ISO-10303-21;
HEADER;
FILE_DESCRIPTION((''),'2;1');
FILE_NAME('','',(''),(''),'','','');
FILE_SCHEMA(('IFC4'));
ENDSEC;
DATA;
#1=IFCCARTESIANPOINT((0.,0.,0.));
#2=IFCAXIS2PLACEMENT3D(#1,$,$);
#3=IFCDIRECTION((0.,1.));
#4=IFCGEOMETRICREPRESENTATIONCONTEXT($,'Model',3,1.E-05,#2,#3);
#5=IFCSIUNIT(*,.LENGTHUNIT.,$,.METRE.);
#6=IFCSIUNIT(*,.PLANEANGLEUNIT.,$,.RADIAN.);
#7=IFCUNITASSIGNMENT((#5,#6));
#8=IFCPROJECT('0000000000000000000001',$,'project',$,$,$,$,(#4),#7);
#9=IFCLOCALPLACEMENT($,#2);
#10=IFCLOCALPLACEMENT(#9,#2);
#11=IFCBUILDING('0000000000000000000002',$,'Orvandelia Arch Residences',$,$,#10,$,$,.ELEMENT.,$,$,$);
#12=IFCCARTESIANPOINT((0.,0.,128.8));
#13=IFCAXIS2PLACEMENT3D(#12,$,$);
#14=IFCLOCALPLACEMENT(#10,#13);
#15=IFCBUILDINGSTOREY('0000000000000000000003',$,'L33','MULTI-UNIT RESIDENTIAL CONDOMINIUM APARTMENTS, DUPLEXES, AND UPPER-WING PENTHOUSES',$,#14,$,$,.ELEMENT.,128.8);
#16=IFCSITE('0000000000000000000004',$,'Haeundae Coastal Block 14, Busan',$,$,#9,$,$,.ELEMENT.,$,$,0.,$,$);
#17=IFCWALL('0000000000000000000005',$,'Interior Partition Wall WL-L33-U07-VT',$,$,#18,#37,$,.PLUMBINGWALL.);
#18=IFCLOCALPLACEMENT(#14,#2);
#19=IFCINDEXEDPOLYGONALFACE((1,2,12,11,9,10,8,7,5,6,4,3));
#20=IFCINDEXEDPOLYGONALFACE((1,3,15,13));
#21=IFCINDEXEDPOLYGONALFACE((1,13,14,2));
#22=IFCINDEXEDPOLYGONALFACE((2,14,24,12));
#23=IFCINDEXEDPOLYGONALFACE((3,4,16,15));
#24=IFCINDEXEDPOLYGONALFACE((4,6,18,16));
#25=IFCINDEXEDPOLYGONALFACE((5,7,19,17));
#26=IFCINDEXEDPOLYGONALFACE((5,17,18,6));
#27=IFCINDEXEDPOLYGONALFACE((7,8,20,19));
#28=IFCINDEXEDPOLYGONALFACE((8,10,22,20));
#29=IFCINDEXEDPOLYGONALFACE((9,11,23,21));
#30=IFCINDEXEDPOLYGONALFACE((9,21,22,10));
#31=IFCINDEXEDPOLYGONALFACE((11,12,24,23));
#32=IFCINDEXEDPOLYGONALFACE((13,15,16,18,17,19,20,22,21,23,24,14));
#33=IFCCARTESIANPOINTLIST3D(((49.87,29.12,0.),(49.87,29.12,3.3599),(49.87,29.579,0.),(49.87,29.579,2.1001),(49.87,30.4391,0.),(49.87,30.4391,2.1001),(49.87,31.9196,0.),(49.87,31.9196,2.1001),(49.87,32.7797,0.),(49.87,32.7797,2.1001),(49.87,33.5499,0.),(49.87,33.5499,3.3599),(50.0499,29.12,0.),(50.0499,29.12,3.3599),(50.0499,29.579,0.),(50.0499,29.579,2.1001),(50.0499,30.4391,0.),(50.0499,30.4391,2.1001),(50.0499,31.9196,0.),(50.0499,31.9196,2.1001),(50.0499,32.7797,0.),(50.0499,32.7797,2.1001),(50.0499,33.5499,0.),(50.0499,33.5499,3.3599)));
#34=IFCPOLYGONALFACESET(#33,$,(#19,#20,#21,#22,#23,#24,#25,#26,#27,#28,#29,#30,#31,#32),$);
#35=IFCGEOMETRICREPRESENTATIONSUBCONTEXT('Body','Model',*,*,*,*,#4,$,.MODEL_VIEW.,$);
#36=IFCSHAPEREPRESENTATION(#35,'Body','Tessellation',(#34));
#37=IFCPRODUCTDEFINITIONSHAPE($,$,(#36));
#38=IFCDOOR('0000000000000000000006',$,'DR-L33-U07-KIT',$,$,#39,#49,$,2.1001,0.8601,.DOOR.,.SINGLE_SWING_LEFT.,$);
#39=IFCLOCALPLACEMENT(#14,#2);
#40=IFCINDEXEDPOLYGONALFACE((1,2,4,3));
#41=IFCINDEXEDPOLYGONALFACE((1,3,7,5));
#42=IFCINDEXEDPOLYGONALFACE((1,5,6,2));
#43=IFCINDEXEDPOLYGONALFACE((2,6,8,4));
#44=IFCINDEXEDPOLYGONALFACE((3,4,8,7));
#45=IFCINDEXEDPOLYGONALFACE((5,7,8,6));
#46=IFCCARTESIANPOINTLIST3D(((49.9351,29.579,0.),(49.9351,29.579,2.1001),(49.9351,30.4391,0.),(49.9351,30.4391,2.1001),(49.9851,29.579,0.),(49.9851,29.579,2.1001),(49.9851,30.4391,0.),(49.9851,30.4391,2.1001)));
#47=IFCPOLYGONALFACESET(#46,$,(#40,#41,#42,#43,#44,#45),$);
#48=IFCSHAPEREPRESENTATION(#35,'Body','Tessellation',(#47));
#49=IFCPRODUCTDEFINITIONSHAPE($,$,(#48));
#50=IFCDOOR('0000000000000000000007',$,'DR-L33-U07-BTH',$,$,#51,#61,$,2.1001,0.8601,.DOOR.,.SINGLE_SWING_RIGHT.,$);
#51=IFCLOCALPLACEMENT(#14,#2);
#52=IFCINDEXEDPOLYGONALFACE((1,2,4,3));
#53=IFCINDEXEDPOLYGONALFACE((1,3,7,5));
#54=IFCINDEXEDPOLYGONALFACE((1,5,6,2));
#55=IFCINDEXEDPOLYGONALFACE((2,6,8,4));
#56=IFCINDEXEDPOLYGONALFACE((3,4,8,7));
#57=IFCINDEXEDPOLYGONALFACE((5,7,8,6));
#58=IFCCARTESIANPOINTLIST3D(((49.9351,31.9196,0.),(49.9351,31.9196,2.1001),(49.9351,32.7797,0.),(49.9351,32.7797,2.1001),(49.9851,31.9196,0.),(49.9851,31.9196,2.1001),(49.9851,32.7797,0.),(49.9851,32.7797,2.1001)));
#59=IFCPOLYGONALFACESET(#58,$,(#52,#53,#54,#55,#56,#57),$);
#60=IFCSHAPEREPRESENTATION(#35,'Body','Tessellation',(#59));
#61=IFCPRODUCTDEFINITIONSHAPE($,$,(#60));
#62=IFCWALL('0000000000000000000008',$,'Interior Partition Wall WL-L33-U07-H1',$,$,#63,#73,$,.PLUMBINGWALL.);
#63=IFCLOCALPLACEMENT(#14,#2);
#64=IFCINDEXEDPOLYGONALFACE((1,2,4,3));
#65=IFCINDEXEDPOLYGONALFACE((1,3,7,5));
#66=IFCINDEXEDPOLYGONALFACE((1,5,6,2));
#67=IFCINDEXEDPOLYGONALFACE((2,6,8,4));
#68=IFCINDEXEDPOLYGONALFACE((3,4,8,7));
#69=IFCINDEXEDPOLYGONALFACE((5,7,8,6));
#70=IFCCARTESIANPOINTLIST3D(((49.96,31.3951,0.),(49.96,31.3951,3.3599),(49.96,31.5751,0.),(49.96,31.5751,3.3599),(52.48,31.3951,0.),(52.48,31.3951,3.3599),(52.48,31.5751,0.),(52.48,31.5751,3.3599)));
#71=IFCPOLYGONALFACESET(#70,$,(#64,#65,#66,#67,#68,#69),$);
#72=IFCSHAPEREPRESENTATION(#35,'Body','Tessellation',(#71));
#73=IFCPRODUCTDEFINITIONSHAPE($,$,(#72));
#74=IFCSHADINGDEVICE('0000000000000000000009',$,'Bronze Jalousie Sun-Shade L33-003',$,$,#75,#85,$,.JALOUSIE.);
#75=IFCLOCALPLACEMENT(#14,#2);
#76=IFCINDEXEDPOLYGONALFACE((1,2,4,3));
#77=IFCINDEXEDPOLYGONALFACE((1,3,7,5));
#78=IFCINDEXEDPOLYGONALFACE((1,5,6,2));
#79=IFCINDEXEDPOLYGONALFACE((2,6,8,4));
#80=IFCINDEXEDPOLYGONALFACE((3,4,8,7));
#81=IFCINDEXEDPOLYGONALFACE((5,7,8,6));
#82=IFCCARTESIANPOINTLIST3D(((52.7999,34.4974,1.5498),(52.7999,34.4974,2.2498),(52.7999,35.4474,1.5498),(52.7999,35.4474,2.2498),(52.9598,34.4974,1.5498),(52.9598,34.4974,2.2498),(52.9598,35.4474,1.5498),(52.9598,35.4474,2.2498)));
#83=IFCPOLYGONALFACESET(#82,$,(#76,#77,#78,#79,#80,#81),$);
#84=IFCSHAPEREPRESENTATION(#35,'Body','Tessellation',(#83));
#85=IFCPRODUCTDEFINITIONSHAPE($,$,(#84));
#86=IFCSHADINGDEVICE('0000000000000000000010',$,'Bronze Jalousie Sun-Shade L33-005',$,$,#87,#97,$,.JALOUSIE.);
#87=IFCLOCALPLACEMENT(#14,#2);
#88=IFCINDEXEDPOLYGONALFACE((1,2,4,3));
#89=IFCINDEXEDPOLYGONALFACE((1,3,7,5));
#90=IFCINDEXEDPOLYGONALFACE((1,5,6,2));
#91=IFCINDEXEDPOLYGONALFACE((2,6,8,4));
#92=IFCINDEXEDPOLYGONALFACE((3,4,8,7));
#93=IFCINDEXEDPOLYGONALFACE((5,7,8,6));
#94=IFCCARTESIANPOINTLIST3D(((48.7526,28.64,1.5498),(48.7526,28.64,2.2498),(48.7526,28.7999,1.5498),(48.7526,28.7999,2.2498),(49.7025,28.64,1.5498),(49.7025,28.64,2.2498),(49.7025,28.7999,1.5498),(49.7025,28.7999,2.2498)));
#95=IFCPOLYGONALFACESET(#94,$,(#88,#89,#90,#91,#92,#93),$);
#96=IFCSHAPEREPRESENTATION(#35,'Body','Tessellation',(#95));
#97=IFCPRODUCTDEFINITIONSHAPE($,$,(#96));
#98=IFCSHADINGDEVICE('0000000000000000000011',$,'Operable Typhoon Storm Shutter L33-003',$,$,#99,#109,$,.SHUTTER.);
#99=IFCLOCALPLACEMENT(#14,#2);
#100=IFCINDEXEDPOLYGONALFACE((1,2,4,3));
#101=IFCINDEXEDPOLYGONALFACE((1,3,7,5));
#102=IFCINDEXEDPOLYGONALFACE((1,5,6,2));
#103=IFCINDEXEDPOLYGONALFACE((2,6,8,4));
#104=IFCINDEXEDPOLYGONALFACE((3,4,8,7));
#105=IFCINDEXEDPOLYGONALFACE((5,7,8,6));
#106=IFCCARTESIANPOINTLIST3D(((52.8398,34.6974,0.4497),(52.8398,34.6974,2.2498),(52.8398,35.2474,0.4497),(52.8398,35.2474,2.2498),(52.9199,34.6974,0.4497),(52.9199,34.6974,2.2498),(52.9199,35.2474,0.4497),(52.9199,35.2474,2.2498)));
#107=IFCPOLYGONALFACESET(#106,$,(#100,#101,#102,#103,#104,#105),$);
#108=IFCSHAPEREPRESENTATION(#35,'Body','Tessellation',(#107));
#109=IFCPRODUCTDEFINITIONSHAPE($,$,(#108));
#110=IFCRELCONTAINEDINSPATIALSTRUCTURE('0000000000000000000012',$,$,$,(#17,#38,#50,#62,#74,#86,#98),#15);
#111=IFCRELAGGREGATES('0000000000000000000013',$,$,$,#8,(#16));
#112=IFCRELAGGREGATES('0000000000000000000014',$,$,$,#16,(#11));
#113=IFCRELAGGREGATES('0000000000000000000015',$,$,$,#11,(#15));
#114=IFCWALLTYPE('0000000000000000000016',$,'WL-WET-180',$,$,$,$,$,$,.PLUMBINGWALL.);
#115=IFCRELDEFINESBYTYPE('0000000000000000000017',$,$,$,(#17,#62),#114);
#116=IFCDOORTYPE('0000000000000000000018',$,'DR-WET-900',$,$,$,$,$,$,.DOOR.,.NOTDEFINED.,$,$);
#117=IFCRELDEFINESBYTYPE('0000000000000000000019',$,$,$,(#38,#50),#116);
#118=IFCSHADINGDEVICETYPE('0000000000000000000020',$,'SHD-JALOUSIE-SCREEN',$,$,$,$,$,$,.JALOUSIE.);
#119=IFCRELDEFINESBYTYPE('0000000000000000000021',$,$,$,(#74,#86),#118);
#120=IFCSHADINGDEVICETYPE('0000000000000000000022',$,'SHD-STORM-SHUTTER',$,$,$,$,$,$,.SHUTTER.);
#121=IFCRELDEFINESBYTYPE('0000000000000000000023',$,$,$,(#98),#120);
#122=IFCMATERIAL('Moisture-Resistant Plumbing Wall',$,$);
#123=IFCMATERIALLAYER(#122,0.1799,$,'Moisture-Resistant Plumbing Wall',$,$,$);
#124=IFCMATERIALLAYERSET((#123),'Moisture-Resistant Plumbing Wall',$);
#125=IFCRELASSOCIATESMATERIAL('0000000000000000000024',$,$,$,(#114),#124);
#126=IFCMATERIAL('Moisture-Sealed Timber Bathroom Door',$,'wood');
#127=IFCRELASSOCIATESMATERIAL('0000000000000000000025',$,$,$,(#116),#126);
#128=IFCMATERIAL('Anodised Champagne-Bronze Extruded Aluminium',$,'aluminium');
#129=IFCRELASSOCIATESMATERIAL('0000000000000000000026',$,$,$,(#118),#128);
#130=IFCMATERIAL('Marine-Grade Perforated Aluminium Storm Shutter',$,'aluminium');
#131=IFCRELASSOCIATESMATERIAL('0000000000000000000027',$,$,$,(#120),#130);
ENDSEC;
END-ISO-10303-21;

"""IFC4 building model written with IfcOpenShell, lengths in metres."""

from ifc_helpers import new_model, si_unit, direction, frame, frame_2d, origin, origin_2d, place, context, subcontext, project, spatial, rectangle, extrude, material, layer, layer_set, type_object, element, fill, save


model = new_model("IFC4")

# Units and contexts
model_context = context("Model", 3, precision=1e-05, world=origin(), true_north=direction((0.0, 1.0)))
body_context = subcontext(model_context, "Body", "Model", "MODEL_VIEW")
ifc_project = project(units=[si_unit("LENGTHUNIT", "METRE"), si_unit("PLANEANGLEUNIT", "RADIAN")], contexts=[model_context])

# Site, building, storey
site_placement = place(None, origin())
site = spatial("IfcSite", under=ifc_project, at=site_placement, Name="Haeundae Coastal Block 14, Busan", CompositionType="ELEMENT", RefElevation=0.0)
building_placement = place(site_placement, origin())
building = spatial("IfcBuilding", under=site, at=building_placement, Name="Orvandelia Arch Residences", CompositionType="ELEMENT")
storey_placement = place(building_placement, frame((0.0, 0.0, 128.8)))
storey = spatial("IfcBuildingStorey", under=building, at=storey_placement, Name="L33", Description="MULTI-UNIT RESIDENTIAL CONDOMINIUM APARTMENTS, DUPLEXES, AND UPPER-WING PENTHOUSES", CompositionType="ELEMENT", Elevation=128.8)

# Wall, openings, doors
ifc_material_1 = material(Name="Moisture-Resistant Plumbing Wall")
ifc_layer_1 = layer(ifc_material_1, 0.1799, Name="Moisture-Resistant Plumbing Wall")
ifc_layer_set_1 = layer_set([ifc_layer_1], Name="Moisture-Resistant Plumbing Wall")
wall_type_1 = type_object("IfcWallType", Name="WL-WET-180", PredefinedType="PLUMBINGWALL", material=ifc_layer_set_1)
wall_1_placement = place(storey_placement, frame((49.96, 29.1201, 0.0), z_axis=(0.0, 0.0, 1.0), x_axis=(0.0, 1.0, 0.0)))
wall_1 = element("IfcWall", 1, at=wall_1_placement, inside=storey, type_object=wall_type_1, Name="Interior Partition Wall WL-L33-U07-VT", PredefinedType="PLUMBINGWALL", context=body_context, shape_type="SweptSolid", body=[
    extrude(rectangle(XDim=4.4299, YDim=0.1799, at=frame_2d((2.2148, 0.0))), origin(), (0.0, 0.0, 1.0), 3.3599),
])
opening_1_placement = place(wall_1_placement, frame((0.4587, 0.0, 0.0)))
opening_1 = element("IfcOpeningElement", 2, at=opening_1_placement, cuts=wall_1, PredefinedType="OPENING", context=body_context, shape_type="SweptSolid", body=[
    extrude(rectangle(XDim=0.8601, YDim=2.1001, at=frame_2d((0.4302, 1.05))), frame((0.0, 0.1001, 0.0), z_axis=(0.0, -1.0, 0.0), x_axis=(1.0, 0.0, 0.0)), (0.0, 0.0, 1.0), 0.2),
])
opening_2_placement = place(wall_1_placement, frame((2.7993, 0.0, 0.0)))
opening_2 = element("IfcOpeningElement", 3, at=opening_2_placement, cuts=wall_1, PredefinedType="OPENING", context=body_context, shape_type="SweptSolid", body=[
    extrude(rectangle(XDim=0.8601, YDim=2.1001, at=frame_2d((0.4302, 1.05))), frame((0.0, 0.1001, 0.0), z_axis=(0.0, -1.0, 0.0), x_axis=(1.0, 0.0, 0.0)), (0.0, 0.0, 1.0), 0.2),
])
ifc_material_2 = material(Name="Moisture-Sealed Timber Bathroom Door", Category="wood")
door_type = type_object("IfcDoorType", Name="DR-WET-900", OperationType="NOTDEFINED", PredefinedType="DOOR", material=ifc_material_2)
door_1_placement = place(opening_1_placement, origin())
door_1 = element("IfcDoor", 4, at=door_1_placement, inside=storey, type_object=door_type, Name="DR-L33-U07-KIT", OperationType="SINGLE_SWING_LEFT", OverallHeight=2.1001, OverallWidth=0.8601, PredefinedType="DOOR", context=body_context, shape_type="SweptSolid", body=[
    extrude(rectangle(XDim=0.8601, YDim=2.1001, at=frame_2d((0.4302, 1.05))), frame((0.0, 0.0249, 0.0), z_axis=(0.0, -1.0, 0.0), x_axis=(1.0, 0.0, 0.0)), (0.0, 0.0, 1.0), 0.05),
])
fill(opening_1, door_1)
door_2_placement = place(opening_2_placement, origin())
door_2 = element("IfcDoor", 5, at=door_2_placement, inside=storey, type_object=door_type, Name="DR-L33-U07-BTH", OperationType="SINGLE_SWING_RIGHT", OverallHeight=2.1001, OverallWidth=0.8601, PredefinedType="DOOR", context=body_context, shape_type="SweptSolid", body=[
    extrude(rectangle(XDim=0.8601, YDim=2.1001, at=frame_2d((0.4302, 1.05))), frame((0.0, 0.0249, 0.0), z_axis=(0.0, -1.0, 0.0), x_axis=(1.0, 0.0, 0.0)), (0.0, 0.0, 1.0), 0.05),
])
fill(opening_2, door_2)

# Wall
wall_2_placement = place(storey_placement, frame((49.96, 31.4851, 0.0), z_axis=(0.0, 0.0, 1.0), x_axis=(1.0, 0.0, 0.0)))
element("IfcWall", 6, at=wall_2_placement, inside=storey, type_object=wall_type_1, Name="Interior Partition Wall WL-L33-U07-H1", PredefinedType="PLUMBINGWALL", context=body_context, shape_type="SweptSolid", body=[
    extrude(rectangle(XDim=2.52, YDim=0.1799, at=frame_2d((1.26, 0.0))), origin(), (0.0, 0.0, 1.0), 3.3599),
])

# Shading devices
ifc_material_3 = material(Name="Anodised Champagne-Bronze Extruded Aluminium", Category="aluminium")
shading_device_type_1 = type_object("IfcShadingDeviceType", Name="SHD-JALOUSIE-SCREEN", PredefinedType="JALOUSIE", material=ifc_material_3)
for number, where, z_axis, x_axis, name in (
    (7, (52.8799, 34.9724, 1.5498), (0.0, 0.0, 1.0), (0.0, -1.0, 0.0), "Bronze Jalousie Sun-Shade L33-003"),
    (8, (49.2275, 28.72, 1.5498), (0.0, 0.0, 1.0), (-1.0, 0.0, 0.0), "Bronze Jalousie Sun-Shade L33-005"),
):
    element("IfcShadingDevice", number, at=place(storey_placement, frame(where, z_axis=z_axis, x_axis=x_axis)), inside=storey, type_object=shading_device_type_1, Name=name, PredefinedType="JALOUSIE", context=body_context, shape_type="SweptSolid", body=[
        extrude(rectangle(XDim=0.95, YDim=0.1599, at=origin_2d()), origin(), (0.0, 0.0, 1.0), 0.7),
    ])
ifc_material_4 = material(Name="Marine-Grade Perforated Aluminium Storm Shutter", Category="aluminium")
shading_device_type_2 = type_object("IfcShadingDeviceType", Name="SHD-STORM-SHUTTER", PredefinedType="SHUTTER", material=ifc_material_4)
shading_device_placement = place(storey_placement, frame((52.8799, 34.9724, 0.4497), z_axis=(0.0, 0.0, 1.0), x_axis=(0.0, -1.0, 0.0)))
element("IfcShadingDevice", 9, at=shading_device_placement, inside=storey, type_object=shading_device_type_2, Name="Operable Typhoon Storm Shutter L33-003", PredefinedType="SHUTTER", context=body_context, shape_type="SweptSolid", body=[
    extrude(rectangle(XDim=0.55, YDim=0.0801, at=origin_2d()), origin(), (0.0, 0.0, 1.0), 1.8),
])

save(model, "model.ifc")
